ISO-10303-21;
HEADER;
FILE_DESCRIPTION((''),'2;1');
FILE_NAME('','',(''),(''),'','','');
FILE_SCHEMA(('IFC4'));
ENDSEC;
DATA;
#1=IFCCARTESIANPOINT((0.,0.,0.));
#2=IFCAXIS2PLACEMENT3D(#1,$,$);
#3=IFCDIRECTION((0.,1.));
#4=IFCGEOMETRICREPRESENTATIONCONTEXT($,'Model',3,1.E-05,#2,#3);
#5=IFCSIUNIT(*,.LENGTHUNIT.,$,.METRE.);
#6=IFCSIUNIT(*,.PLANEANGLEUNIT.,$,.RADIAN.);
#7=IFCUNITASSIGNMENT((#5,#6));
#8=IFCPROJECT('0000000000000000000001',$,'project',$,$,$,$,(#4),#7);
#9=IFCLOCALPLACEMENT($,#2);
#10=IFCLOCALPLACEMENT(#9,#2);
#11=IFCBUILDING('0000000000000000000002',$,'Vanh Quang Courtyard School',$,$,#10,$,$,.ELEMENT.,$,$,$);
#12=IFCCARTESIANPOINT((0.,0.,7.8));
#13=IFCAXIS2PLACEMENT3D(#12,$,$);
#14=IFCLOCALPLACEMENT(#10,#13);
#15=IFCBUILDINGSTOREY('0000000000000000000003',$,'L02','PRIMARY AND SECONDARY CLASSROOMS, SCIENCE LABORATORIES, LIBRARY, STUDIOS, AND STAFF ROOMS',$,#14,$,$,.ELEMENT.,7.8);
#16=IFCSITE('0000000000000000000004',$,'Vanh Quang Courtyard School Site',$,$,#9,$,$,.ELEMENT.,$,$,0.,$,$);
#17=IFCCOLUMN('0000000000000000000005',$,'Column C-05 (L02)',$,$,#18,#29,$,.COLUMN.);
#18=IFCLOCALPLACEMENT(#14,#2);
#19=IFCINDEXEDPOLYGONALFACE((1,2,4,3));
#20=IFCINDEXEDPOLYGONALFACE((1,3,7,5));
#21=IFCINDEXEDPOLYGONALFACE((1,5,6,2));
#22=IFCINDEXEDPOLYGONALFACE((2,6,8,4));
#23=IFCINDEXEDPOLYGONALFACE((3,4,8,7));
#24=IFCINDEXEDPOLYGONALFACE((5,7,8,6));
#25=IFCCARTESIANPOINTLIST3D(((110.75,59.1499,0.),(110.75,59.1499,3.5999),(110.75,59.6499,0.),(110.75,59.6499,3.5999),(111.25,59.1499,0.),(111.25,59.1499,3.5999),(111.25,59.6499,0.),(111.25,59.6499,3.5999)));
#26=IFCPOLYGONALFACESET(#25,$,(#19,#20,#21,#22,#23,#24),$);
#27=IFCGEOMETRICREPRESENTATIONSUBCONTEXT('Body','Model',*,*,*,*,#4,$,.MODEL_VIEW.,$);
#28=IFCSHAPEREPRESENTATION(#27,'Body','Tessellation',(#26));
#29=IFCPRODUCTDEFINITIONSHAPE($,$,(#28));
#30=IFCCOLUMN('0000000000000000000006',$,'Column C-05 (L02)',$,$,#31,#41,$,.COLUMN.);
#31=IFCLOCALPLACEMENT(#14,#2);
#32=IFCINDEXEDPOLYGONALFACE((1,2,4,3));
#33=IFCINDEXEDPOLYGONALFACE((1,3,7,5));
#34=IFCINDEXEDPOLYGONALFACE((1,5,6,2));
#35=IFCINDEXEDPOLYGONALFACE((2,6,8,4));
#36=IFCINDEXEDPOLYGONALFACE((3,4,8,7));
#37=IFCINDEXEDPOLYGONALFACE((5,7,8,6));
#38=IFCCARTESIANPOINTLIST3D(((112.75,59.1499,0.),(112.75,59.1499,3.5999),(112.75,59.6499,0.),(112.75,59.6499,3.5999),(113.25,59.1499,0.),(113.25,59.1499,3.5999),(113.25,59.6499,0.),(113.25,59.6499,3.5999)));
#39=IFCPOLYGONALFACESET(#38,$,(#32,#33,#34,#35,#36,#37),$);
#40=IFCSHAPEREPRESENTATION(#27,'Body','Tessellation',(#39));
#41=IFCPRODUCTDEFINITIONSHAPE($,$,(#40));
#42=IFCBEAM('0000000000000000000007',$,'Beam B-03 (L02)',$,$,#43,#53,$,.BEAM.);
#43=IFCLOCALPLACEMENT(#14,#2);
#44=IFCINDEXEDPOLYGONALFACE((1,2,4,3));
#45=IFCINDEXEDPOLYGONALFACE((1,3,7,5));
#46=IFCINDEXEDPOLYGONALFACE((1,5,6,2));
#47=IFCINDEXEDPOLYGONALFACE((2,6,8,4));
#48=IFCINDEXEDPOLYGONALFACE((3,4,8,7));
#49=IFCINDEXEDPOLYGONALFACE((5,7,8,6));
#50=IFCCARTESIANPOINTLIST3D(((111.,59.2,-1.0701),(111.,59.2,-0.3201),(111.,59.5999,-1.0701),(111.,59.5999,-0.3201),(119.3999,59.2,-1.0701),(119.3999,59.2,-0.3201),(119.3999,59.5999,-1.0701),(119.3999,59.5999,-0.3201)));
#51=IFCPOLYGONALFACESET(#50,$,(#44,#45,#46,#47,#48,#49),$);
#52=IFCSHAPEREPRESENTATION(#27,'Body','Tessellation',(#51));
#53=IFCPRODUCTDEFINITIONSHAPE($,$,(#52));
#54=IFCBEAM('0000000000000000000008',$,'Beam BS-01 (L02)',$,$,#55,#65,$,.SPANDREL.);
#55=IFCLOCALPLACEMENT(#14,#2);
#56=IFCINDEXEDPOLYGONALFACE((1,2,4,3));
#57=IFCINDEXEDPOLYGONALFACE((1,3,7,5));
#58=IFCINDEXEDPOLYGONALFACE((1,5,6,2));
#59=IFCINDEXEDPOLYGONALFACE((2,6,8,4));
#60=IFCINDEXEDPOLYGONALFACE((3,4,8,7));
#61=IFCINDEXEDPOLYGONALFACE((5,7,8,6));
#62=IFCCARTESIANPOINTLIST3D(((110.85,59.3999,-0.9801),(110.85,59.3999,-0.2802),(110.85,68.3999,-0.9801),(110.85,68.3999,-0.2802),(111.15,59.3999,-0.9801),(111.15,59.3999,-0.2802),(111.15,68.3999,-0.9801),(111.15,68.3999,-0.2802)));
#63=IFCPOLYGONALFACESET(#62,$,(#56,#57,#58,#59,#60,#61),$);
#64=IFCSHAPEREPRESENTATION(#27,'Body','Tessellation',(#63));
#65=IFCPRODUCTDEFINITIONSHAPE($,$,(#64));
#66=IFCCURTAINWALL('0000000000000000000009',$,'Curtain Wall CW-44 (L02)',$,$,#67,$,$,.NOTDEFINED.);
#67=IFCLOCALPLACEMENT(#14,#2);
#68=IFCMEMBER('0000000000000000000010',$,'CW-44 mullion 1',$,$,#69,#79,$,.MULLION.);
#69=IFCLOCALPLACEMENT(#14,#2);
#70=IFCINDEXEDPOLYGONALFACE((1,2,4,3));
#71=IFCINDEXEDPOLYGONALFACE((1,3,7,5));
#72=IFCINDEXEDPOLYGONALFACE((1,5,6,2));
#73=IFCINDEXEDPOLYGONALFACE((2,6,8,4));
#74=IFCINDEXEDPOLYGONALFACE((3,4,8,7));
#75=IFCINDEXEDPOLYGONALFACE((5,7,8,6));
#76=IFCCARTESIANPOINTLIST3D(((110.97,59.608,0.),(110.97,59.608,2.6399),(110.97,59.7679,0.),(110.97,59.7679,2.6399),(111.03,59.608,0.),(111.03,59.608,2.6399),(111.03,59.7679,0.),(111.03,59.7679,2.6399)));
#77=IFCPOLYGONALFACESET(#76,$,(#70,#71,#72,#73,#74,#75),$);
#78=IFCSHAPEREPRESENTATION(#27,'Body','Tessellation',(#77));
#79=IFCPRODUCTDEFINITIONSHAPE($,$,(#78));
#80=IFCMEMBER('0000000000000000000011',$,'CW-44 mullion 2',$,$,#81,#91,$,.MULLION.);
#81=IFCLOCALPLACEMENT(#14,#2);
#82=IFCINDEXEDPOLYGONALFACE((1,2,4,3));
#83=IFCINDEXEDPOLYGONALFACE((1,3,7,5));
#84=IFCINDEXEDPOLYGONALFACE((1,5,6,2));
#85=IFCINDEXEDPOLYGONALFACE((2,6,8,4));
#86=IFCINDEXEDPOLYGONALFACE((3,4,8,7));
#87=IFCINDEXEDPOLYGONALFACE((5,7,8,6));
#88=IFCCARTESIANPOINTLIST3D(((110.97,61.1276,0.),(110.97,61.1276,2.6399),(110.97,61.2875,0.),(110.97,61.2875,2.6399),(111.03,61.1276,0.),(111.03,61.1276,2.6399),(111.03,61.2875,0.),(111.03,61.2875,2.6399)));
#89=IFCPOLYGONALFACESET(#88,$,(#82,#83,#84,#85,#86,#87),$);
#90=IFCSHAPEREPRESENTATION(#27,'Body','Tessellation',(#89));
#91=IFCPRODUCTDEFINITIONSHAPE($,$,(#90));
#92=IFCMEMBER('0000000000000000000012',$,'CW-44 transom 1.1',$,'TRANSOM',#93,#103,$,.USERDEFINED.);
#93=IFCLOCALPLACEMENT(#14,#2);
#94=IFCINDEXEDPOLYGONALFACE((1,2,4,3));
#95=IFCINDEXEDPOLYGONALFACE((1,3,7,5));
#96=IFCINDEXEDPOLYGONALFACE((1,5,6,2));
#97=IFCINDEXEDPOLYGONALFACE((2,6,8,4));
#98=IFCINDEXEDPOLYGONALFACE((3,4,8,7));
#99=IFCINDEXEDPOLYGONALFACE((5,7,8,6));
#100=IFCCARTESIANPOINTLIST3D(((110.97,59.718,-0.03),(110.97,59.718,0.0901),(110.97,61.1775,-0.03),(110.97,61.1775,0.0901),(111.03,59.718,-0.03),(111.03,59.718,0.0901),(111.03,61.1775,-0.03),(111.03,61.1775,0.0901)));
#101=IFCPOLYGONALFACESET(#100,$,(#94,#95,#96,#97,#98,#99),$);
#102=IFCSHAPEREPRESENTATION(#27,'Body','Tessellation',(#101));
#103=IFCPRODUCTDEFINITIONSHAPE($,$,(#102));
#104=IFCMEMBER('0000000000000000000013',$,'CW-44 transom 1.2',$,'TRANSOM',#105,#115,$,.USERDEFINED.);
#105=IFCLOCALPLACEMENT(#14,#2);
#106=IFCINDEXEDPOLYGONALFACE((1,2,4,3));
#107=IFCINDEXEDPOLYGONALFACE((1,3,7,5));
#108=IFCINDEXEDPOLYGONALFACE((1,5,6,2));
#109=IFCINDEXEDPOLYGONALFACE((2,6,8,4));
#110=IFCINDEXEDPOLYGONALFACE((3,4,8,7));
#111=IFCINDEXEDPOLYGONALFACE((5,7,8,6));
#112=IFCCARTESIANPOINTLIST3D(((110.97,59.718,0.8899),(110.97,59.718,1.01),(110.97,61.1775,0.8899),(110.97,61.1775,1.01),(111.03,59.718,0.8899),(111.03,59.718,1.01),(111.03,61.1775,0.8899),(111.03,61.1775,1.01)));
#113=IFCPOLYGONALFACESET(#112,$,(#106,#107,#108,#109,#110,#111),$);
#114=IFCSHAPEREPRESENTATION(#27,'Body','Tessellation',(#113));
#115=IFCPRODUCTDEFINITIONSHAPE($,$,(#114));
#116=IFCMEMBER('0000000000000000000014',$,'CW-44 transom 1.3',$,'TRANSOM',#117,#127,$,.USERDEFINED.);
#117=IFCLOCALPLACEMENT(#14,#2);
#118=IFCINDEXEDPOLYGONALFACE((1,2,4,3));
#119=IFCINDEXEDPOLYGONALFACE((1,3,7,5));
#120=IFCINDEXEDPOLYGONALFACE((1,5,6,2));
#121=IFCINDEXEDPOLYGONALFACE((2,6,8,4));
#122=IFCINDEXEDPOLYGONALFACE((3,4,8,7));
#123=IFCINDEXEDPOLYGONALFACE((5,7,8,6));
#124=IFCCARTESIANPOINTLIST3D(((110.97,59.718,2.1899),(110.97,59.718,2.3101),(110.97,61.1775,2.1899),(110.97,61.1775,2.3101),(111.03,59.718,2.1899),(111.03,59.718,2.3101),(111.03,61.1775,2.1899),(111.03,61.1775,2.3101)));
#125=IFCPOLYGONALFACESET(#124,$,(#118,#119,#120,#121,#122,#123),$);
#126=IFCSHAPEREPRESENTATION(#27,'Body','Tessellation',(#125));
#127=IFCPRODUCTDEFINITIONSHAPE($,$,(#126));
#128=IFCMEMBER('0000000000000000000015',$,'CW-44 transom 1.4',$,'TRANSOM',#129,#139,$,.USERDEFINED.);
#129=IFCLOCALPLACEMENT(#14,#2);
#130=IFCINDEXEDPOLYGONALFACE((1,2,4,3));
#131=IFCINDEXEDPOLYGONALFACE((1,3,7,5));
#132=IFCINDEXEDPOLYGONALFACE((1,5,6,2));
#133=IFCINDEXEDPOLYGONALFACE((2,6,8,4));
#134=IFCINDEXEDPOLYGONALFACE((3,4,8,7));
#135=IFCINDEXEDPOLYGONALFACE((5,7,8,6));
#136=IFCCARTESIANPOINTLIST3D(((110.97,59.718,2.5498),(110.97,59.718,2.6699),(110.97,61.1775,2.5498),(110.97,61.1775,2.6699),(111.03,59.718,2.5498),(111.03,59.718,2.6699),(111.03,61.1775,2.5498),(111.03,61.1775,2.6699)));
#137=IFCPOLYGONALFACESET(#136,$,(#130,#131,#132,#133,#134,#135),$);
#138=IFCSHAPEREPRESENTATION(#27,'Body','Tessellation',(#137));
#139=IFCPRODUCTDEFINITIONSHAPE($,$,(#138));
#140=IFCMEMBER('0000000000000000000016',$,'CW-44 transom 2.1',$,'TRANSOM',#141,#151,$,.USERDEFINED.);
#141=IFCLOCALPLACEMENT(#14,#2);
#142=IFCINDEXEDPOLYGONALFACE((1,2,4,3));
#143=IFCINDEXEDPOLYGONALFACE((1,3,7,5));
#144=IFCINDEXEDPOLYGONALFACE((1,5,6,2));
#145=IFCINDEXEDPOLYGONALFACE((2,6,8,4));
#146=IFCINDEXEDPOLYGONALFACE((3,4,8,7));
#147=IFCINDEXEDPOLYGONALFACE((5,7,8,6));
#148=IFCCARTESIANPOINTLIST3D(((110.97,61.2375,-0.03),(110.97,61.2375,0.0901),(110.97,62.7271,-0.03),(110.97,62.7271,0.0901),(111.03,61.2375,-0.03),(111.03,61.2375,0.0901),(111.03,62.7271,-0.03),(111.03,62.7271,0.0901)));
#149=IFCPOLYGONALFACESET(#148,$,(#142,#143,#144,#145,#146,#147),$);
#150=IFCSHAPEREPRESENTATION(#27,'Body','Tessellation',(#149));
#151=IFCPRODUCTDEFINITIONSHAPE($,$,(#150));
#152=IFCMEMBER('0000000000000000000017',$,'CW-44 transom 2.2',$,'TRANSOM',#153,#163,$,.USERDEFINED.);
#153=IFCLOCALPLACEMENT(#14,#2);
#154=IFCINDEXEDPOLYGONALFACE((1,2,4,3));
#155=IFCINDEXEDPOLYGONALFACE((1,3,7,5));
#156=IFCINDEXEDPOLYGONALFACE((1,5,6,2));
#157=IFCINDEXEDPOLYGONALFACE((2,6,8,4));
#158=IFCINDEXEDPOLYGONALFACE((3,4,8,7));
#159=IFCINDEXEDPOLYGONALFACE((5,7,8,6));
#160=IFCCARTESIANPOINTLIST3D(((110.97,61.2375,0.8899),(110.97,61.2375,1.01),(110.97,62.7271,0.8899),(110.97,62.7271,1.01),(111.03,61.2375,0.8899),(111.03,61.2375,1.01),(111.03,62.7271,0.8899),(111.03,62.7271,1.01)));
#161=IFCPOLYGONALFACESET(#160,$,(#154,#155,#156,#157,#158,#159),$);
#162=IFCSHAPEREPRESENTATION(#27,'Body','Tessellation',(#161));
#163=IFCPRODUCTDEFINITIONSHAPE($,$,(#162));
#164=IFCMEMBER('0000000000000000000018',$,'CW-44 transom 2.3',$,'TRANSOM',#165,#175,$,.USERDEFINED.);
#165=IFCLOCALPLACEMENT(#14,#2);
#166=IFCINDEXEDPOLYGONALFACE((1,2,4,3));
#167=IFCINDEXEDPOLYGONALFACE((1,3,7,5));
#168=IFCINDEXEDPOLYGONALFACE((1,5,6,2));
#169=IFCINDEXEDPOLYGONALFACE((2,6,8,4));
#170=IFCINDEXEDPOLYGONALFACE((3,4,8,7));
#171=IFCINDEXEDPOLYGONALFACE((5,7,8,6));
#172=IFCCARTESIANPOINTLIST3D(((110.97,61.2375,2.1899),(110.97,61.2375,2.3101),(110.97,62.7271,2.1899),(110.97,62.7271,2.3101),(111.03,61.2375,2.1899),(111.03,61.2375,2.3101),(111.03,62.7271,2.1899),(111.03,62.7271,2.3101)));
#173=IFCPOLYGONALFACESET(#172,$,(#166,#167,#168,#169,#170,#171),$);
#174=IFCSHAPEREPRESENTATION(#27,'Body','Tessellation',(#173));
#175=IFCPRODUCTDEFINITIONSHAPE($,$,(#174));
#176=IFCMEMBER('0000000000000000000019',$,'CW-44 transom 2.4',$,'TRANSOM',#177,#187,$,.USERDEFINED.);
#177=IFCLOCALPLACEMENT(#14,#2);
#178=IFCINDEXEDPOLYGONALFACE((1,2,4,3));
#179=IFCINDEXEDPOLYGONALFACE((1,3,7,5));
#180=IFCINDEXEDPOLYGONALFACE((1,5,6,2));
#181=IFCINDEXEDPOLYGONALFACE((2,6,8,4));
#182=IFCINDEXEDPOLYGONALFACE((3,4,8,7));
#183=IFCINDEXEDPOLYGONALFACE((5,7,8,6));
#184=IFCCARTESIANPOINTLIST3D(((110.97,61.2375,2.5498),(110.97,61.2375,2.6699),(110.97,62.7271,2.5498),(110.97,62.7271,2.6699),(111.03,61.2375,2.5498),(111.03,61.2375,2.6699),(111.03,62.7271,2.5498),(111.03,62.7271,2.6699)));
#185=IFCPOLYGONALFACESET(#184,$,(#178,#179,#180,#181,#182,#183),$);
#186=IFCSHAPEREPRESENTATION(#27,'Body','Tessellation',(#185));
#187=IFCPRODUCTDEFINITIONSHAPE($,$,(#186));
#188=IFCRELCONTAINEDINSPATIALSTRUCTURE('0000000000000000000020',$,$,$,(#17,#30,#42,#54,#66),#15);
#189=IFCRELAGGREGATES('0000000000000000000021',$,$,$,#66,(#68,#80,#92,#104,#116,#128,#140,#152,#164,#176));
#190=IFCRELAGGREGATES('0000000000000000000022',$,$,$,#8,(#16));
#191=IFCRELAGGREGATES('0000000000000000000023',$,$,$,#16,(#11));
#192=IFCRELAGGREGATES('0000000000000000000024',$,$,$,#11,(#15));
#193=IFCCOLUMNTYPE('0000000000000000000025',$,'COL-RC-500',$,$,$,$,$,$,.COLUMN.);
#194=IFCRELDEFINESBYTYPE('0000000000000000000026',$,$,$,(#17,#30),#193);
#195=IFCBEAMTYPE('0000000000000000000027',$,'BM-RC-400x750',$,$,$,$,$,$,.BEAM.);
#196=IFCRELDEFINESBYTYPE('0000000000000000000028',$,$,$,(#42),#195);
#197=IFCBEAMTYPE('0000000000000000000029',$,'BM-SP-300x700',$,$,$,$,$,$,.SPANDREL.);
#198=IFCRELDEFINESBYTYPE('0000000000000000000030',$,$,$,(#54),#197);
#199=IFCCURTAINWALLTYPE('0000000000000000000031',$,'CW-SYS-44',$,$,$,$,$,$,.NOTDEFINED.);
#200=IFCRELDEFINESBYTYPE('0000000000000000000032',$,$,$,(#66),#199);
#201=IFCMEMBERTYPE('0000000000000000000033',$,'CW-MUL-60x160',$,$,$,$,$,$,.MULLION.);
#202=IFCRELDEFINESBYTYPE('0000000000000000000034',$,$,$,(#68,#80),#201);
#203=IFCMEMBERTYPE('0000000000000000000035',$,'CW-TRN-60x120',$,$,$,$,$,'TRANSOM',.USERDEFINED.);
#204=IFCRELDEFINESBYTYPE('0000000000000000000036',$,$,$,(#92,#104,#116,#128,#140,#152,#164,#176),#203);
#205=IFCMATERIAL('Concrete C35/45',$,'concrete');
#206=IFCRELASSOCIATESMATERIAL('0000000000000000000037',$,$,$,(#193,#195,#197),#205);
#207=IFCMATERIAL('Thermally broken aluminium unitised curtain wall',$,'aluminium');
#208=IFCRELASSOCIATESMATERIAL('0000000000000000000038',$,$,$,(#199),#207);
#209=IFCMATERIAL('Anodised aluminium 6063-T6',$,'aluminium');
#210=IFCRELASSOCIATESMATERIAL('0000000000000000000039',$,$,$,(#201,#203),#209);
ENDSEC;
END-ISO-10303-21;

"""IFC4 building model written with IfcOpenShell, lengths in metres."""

from ifc_helpers import new_model, si_unit, direction, frame, origin, origin_2d, place, context, subcontext, project, spatial, rectangle, extrude, material, material_profile, profile_set, type_object, element, aggregate, save


model = new_model("IFC4")

# Units and contexts
model_context = context("Model", 3, precision=1e-05, world=origin(), true_north=direction((0.0, 1.0)))
body_context = subcontext(model_context, "Body", "Model", "MODEL_VIEW")
ifc_project = project(units=[si_unit("LENGTHUNIT", "METRE"), si_unit("PLANEANGLEUNIT", "RADIAN")], contexts=[model_context])

# Site, building, storey
site_placement = place(None, origin())
site = spatial("IfcSite", under=ifc_project, at=site_placement, Name="Vanh Quang Courtyard School Site", CompositionType="ELEMENT", RefElevation=0.0)
building_placement = place(site_placement, origin())
building = spatial("IfcBuilding", under=site, at=building_placement, Name="Vanh Quang Courtyard School", CompositionType="ELEMENT")
storey_placement = place(building_placement, frame((0.0, 0.0, 7.8)))
storey = spatial("IfcBuildingStorey", under=building, at=storey_placement, Name="L02", Description="PRIMARY AND SECONDARY CLASSROOMS, SCIENCE LABORATORIES, LIBRARY, STUDIOS, AND STAFF ROOMS", CompositionType="ELEMENT", Elevation=7.8)

# Columns
ifc_material_1 = material(Name="Concrete C35/45", Category="concrete")
ifc_material_profile_1 = material_profile(ifc_material_1, rectangle(XDim=0.5, YDim=0.5, at=origin_2d()), Name="RC-COL 500x500")
ifc_profile_set_1 = profile_set([ifc_material_profile_1], Name="Concrete C35/45")
column_type = type_object("IfcColumnType", Name="COL-RC-500", PredefinedType="COLUMN", material=ifc_profile_set_1)
for number, where, z_axis, x_axis, name in (
    (1, (111.0, 59.3999, 0.0), (0.0, 0.0, 1.0), (1.0, 0.0, 0.0), "Column C-05 (L02)"),
    (2, (113.0, 59.3999, 0.0), (0.0, 0.0, 1.0), (1.0, 0.0, 0.0), "Column C-05 (L02)"),
):
    element("IfcColumn", number, at=place(storey_placement, frame(where, z_axis=z_axis, x_axis=x_axis)), inside=storey, type_object=column_type, Name=name, PredefinedType="COLUMN", context=body_context, shape_type="SweptSolid", body=[
        extrude(rectangle(XDim=0.5, YDim=0.5, at=origin_2d()), origin(), (0.0, 0.0, 1.0), 3.5999),
    ])

# Beams
ifc_material_profile_2 = material_profile(ifc_material_1, rectangle(XDim=0.3999, YDim=0.75, at=origin_2d()), Name="RC-BM 400x750")
ifc_profile_set_2 = profile_set([ifc_material_profile_2], Name="Concrete C35/45")
beam_type_1 = type_object("IfcBeamType", Name="BM-RC-400x750", PredefinedType="BEAM", material=ifc_profile_set_2)
beam_1_placement = place(storey_placement, frame((111.0, 59.3999, -0.6951), z_axis=(1.0, 0.0, 0.0), x_axis=(0.0, 1.0, 0.0)))
element("IfcBeam", 3, at=beam_1_placement, inside=storey, type_object=beam_type_1, Name="Beam B-03 (L02)", PredefinedType="BEAM", context=body_context, shape_type="SweptSolid", body=[
    extrude(rectangle(XDim=0.3999, YDim=0.75, at=origin_2d()), origin(), (0.0, 0.0, 1.0), 8.3999),
])
ifc_material_profile_3 = material_profile(ifc_material_1, rectangle(XDim=0.3, YDim=0.7, at=origin_2d()), Name="RC-SP 300x700")
ifc_profile_set_3 = profile_set([ifc_material_profile_3], Name="Concrete C35/45")
beam_type_2 = type_object("IfcBeamType", Name="BM-SP-300x700", PredefinedType="SPANDREL", material=ifc_profile_set_3)
beam_2_placement = place(storey_placement, frame((111.0, 59.3999, -0.6301), z_axis=(0.0, 1.0, 0.0), x_axis=(-1.0, 0.0, 0.0)))
element("IfcBeam", 4, at=beam_2_placement, inside=storey, type_object=beam_type_2, Name="Beam BS-01 (L02)", PredefinedType="SPANDREL", context=body_context, shape_type="SweptSolid", body=[
    extrude(rectangle(XDim=0.3, YDim=0.7, at=origin_2d()), origin(), (0.0, 0.0, 1.0), 9.0),
])

# Curtain wall, members
ifc_material_2 = material(Name="Thermally broken aluminium unitised curtain wall", Category="aluminium")
curtain_wall_type = type_object("IfcCurtainWallType", Name="CW-SYS-44", PredefinedType="NOTDEFINED", material=ifc_material_2)
curtain_wall_placement = place(storey_placement, origin())
curtain_wall = element("IfcCurtainWall", 5, at=curtain_wall_placement, inside=storey, type_object=curtain_wall_type, Name="Curtain Wall CW-44 (L02)", PredefinedType="NOTDEFINED")
ifc_material_3 = material(Name="Anodised aluminium 6063-T6", Category="aluminium")
ifc_material_profile_4 = material_profile(ifc_material_3, rectangle(XDim=0.0601, YDim=0.1599, at=origin_2d()), Name="ALU-MUL 60x160")
ifc_profile_set_4 = profile_set([ifc_material_profile_4], Name="Anodised aluminium 6063-T6")
member_type_1 = type_object("IfcMemberType", Name="CW-MUL-60x160", PredefinedType="MULLION", material=ifc_profile_set_4)
member_1_placement = place(storey_placement, frame((111.0, 59.688, 0.0), z_axis=(0.0, 0.0, 1.0), x_axis=(-1.0, 0.0, 0.0)))
member_1 = element("IfcMember", 6, at=member_1_placement, type_object=member_type_1, Name="CW-44 mullion 1", PredefinedType="MULLION", context=body_context, shape_type="SweptSolid", body=[
    extrude(rectangle(XDim=0.0601, YDim=0.1599, at=origin_2d()), origin(), (0.0, 0.0, 1.0), 2.6399),
])
member_2_placement = place(storey_placement, frame((111.0, 61.2075, 0.0), z_axis=(0.0, 0.0, 1.0), x_axis=(-1.0, 0.0, 0.0)))
member_2 = element("IfcMember", 7, at=member_2_placement, type_object=member_type_1, Name="CW-44 mullion 2", PredefinedType="MULLION", context=body_context, shape_type="SweptSolid", body=[
    extrude(rectangle(XDim=0.0601, YDim=0.1599, at=origin_2d()), origin(), (0.0, 0.0, 1.0), 2.6399),
])
ifc_material_profile_5 = material_profile(ifc_material_3, rectangle(XDim=0.0601, YDim=0.1201, at=origin_2d()), Name="ALU-TRN 60x120")
ifc_profile_set_5 = profile_set([ifc_material_profile_5], Name="Anodised aluminium 6063-T6")
member_type_2 = type_object("IfcMemberType", Name="CW-TRN-60x120", ElementType="TRANSOM", PredefinedType="USERDEFINED", material=ifc_profile_set_5)
member_3_placement = place(storey_placement, frame((111.0, 59.718, 0.03), z_axis=(0.0, 1.0, 0.0), x_axis=(-1.0, 0.0, 0.0)))
member_3 = element("IfcMember", 8, at=member_3_placement, type_object=member_type_2, Name="CW-44 transom 1.1", ObjectType="TRANSOM", PredefinedType="USERDEFINED", context=body_context, shape_type="SweptSolid", body=[
    extrude(rectangle(XDim=0.0601, YDim=0.1201, at=origin_2d()), origin(), (0.0, 0.0, 1.0), 1.4595),
])
member_4_placement = place(storey_placement, frame((111.0, 59.718, 0.95), z_axis=(0.0, 1.0, 0.0), x_axis=(-1.0, 0.0, 0.0)))
member_4 = element("IfcMember", 9, at=member_4_placement, type_object=member_type_2, Name="CW-44 transom 1.2", ObjectType="TRANSOM", PredefinedType="USERDEFINED", context=body_context, shape_type="SweptSolid", body=[
    extrude(rectangle(XDim=0.0601, YDim=0.1201, at=origin_2d()), origin(), (0.0, 0.0, 1.0), 1.4595),
])
member_5_placement = place(storey_placement, frame((111.0, 59.718, 2.25), z_axis=(0.0, 1.0, 0.0), x_axis=(-1.0, 0.0, 0.0)))
member_5 = element("IfcMember", 10, at=member_5_placement, type_object=member_type_2, Name="CW-44 transom 1.3", ObjectType="TRANSOM", PredefinedType="USERDEFINED", context=body_context, shape_type="SweptSolid", body=[
    extrude(rectangle(XDim=0.0601, YDim=0.1201, at=origin_2d()), origin(), (0.0, 0.0, 1.0), 1.4595),
])
member_6_placement = place(storey_placement, frame((111.0, 59.718, 2.6099), z_axis=(0.0, 1.0, 0.0), x_axis=(-1.0, 0.0, 0.0)))
member_6 = element("IfcMember", 11, at=member_6_placement, type_object=member_type_2, Name="CW-44 transom 1.4", ObjectType="TRANSOM", PredefinedType="USERDEFINED", context=body_context, shape_type="SweptSolid", body=[
    extrude(rectangle(XDim=0.0601, YDim=0.1201, at=origin_2d()), origin(), (0.0, 0.0, 1.0), 1.4595),
])
member_7_placement = place(storey_placement, frame((111.0, 61.2375, 0.03), z_axis=(0.0, 1.0, 0.0), x_axis=(-1.0, 0.0, 0.0)))
member_7 = element("IfcMember", 12, at=member_7_placement, type_object=member_type_2, Name="CW-44 transom 2.1", ObjectType="TRANSOM", PredefinedType="USERDEFINED", context=body_context, shape_type="SweptSolid", body=[
    extrude(rectangle(XDim=0.0601, YDim=0.1201, at=origin_2d()), origin(), (0.0, 0.0, 1.0), 1.4895),
])
member_8_placement = place(storey_placement, frame((111.0, 61.2375, 0.95), z_axis=(0.0, 1.0, 0.0), x_axis=(-1.0, 0.0, 0.0)))
member_8 = element("IfcMember", 13, at=member_8_placement, type_object=member_type_2, Name="CW-44 transom 2.2", ObjectType="TRANSOM", PredefinedType="USERDEFINED", context=body_context, shape_type="SweptSolid", body=[
    extrude(rectangle(XDim=0.0601, YDim=0.1201, at=origin_2d()), origin(), (0.0, 0.0, 1.0), 1.4895),
])
member_9_placement = place(storey_placement, frame((111.0, 61.2375, 2.25), z_axis=(0.0, 1.0, 0.0), x_axis=(-1.0, 0.0, 0.0)))
member_9 = element("IfcMember", 14, at=member_9_placement, type_object=member_type_2, Name="CW-44 transom 2.3", ObjectType="TRANSOM", PredefinedType="USERDEFINED", context=body_context, shape_type="SweptSolid", body=[
    extrude(rectangle(XDim=0.0601, YDim=0.1201, at=origin_2d()), origin(), (0.0, 0.0, 1.0), 1.4895),
])
member_10_placement = place(storey_placement, frame((111.0, 61.2375, 2.6099), z_axis=(0.0, 1.0, 0.0), x_axis=(-1.0, 0.0, 0.0)))
member_10 = element("IfcMember", 15, at=member_10_placement, type_object=member_type_2, Name="CW-44 transom 2.4", ObjectType="TRANSOM", PredefinedType="USERDEFINED", context=body_context, shape_type="SweptSolid", body=[
    extrude(rectangle(XDim=0.0601, YDim=0.1201, at=origin_2d()), origin(), (0.0, 0.0, 1.0), 1.4895),
])

aggregate(curtain_wall, [member_1, member_2, member_3, member_4, member_5, member_6, member_7, member_8, member_9, member_10])

save(model, "model.ifc")
